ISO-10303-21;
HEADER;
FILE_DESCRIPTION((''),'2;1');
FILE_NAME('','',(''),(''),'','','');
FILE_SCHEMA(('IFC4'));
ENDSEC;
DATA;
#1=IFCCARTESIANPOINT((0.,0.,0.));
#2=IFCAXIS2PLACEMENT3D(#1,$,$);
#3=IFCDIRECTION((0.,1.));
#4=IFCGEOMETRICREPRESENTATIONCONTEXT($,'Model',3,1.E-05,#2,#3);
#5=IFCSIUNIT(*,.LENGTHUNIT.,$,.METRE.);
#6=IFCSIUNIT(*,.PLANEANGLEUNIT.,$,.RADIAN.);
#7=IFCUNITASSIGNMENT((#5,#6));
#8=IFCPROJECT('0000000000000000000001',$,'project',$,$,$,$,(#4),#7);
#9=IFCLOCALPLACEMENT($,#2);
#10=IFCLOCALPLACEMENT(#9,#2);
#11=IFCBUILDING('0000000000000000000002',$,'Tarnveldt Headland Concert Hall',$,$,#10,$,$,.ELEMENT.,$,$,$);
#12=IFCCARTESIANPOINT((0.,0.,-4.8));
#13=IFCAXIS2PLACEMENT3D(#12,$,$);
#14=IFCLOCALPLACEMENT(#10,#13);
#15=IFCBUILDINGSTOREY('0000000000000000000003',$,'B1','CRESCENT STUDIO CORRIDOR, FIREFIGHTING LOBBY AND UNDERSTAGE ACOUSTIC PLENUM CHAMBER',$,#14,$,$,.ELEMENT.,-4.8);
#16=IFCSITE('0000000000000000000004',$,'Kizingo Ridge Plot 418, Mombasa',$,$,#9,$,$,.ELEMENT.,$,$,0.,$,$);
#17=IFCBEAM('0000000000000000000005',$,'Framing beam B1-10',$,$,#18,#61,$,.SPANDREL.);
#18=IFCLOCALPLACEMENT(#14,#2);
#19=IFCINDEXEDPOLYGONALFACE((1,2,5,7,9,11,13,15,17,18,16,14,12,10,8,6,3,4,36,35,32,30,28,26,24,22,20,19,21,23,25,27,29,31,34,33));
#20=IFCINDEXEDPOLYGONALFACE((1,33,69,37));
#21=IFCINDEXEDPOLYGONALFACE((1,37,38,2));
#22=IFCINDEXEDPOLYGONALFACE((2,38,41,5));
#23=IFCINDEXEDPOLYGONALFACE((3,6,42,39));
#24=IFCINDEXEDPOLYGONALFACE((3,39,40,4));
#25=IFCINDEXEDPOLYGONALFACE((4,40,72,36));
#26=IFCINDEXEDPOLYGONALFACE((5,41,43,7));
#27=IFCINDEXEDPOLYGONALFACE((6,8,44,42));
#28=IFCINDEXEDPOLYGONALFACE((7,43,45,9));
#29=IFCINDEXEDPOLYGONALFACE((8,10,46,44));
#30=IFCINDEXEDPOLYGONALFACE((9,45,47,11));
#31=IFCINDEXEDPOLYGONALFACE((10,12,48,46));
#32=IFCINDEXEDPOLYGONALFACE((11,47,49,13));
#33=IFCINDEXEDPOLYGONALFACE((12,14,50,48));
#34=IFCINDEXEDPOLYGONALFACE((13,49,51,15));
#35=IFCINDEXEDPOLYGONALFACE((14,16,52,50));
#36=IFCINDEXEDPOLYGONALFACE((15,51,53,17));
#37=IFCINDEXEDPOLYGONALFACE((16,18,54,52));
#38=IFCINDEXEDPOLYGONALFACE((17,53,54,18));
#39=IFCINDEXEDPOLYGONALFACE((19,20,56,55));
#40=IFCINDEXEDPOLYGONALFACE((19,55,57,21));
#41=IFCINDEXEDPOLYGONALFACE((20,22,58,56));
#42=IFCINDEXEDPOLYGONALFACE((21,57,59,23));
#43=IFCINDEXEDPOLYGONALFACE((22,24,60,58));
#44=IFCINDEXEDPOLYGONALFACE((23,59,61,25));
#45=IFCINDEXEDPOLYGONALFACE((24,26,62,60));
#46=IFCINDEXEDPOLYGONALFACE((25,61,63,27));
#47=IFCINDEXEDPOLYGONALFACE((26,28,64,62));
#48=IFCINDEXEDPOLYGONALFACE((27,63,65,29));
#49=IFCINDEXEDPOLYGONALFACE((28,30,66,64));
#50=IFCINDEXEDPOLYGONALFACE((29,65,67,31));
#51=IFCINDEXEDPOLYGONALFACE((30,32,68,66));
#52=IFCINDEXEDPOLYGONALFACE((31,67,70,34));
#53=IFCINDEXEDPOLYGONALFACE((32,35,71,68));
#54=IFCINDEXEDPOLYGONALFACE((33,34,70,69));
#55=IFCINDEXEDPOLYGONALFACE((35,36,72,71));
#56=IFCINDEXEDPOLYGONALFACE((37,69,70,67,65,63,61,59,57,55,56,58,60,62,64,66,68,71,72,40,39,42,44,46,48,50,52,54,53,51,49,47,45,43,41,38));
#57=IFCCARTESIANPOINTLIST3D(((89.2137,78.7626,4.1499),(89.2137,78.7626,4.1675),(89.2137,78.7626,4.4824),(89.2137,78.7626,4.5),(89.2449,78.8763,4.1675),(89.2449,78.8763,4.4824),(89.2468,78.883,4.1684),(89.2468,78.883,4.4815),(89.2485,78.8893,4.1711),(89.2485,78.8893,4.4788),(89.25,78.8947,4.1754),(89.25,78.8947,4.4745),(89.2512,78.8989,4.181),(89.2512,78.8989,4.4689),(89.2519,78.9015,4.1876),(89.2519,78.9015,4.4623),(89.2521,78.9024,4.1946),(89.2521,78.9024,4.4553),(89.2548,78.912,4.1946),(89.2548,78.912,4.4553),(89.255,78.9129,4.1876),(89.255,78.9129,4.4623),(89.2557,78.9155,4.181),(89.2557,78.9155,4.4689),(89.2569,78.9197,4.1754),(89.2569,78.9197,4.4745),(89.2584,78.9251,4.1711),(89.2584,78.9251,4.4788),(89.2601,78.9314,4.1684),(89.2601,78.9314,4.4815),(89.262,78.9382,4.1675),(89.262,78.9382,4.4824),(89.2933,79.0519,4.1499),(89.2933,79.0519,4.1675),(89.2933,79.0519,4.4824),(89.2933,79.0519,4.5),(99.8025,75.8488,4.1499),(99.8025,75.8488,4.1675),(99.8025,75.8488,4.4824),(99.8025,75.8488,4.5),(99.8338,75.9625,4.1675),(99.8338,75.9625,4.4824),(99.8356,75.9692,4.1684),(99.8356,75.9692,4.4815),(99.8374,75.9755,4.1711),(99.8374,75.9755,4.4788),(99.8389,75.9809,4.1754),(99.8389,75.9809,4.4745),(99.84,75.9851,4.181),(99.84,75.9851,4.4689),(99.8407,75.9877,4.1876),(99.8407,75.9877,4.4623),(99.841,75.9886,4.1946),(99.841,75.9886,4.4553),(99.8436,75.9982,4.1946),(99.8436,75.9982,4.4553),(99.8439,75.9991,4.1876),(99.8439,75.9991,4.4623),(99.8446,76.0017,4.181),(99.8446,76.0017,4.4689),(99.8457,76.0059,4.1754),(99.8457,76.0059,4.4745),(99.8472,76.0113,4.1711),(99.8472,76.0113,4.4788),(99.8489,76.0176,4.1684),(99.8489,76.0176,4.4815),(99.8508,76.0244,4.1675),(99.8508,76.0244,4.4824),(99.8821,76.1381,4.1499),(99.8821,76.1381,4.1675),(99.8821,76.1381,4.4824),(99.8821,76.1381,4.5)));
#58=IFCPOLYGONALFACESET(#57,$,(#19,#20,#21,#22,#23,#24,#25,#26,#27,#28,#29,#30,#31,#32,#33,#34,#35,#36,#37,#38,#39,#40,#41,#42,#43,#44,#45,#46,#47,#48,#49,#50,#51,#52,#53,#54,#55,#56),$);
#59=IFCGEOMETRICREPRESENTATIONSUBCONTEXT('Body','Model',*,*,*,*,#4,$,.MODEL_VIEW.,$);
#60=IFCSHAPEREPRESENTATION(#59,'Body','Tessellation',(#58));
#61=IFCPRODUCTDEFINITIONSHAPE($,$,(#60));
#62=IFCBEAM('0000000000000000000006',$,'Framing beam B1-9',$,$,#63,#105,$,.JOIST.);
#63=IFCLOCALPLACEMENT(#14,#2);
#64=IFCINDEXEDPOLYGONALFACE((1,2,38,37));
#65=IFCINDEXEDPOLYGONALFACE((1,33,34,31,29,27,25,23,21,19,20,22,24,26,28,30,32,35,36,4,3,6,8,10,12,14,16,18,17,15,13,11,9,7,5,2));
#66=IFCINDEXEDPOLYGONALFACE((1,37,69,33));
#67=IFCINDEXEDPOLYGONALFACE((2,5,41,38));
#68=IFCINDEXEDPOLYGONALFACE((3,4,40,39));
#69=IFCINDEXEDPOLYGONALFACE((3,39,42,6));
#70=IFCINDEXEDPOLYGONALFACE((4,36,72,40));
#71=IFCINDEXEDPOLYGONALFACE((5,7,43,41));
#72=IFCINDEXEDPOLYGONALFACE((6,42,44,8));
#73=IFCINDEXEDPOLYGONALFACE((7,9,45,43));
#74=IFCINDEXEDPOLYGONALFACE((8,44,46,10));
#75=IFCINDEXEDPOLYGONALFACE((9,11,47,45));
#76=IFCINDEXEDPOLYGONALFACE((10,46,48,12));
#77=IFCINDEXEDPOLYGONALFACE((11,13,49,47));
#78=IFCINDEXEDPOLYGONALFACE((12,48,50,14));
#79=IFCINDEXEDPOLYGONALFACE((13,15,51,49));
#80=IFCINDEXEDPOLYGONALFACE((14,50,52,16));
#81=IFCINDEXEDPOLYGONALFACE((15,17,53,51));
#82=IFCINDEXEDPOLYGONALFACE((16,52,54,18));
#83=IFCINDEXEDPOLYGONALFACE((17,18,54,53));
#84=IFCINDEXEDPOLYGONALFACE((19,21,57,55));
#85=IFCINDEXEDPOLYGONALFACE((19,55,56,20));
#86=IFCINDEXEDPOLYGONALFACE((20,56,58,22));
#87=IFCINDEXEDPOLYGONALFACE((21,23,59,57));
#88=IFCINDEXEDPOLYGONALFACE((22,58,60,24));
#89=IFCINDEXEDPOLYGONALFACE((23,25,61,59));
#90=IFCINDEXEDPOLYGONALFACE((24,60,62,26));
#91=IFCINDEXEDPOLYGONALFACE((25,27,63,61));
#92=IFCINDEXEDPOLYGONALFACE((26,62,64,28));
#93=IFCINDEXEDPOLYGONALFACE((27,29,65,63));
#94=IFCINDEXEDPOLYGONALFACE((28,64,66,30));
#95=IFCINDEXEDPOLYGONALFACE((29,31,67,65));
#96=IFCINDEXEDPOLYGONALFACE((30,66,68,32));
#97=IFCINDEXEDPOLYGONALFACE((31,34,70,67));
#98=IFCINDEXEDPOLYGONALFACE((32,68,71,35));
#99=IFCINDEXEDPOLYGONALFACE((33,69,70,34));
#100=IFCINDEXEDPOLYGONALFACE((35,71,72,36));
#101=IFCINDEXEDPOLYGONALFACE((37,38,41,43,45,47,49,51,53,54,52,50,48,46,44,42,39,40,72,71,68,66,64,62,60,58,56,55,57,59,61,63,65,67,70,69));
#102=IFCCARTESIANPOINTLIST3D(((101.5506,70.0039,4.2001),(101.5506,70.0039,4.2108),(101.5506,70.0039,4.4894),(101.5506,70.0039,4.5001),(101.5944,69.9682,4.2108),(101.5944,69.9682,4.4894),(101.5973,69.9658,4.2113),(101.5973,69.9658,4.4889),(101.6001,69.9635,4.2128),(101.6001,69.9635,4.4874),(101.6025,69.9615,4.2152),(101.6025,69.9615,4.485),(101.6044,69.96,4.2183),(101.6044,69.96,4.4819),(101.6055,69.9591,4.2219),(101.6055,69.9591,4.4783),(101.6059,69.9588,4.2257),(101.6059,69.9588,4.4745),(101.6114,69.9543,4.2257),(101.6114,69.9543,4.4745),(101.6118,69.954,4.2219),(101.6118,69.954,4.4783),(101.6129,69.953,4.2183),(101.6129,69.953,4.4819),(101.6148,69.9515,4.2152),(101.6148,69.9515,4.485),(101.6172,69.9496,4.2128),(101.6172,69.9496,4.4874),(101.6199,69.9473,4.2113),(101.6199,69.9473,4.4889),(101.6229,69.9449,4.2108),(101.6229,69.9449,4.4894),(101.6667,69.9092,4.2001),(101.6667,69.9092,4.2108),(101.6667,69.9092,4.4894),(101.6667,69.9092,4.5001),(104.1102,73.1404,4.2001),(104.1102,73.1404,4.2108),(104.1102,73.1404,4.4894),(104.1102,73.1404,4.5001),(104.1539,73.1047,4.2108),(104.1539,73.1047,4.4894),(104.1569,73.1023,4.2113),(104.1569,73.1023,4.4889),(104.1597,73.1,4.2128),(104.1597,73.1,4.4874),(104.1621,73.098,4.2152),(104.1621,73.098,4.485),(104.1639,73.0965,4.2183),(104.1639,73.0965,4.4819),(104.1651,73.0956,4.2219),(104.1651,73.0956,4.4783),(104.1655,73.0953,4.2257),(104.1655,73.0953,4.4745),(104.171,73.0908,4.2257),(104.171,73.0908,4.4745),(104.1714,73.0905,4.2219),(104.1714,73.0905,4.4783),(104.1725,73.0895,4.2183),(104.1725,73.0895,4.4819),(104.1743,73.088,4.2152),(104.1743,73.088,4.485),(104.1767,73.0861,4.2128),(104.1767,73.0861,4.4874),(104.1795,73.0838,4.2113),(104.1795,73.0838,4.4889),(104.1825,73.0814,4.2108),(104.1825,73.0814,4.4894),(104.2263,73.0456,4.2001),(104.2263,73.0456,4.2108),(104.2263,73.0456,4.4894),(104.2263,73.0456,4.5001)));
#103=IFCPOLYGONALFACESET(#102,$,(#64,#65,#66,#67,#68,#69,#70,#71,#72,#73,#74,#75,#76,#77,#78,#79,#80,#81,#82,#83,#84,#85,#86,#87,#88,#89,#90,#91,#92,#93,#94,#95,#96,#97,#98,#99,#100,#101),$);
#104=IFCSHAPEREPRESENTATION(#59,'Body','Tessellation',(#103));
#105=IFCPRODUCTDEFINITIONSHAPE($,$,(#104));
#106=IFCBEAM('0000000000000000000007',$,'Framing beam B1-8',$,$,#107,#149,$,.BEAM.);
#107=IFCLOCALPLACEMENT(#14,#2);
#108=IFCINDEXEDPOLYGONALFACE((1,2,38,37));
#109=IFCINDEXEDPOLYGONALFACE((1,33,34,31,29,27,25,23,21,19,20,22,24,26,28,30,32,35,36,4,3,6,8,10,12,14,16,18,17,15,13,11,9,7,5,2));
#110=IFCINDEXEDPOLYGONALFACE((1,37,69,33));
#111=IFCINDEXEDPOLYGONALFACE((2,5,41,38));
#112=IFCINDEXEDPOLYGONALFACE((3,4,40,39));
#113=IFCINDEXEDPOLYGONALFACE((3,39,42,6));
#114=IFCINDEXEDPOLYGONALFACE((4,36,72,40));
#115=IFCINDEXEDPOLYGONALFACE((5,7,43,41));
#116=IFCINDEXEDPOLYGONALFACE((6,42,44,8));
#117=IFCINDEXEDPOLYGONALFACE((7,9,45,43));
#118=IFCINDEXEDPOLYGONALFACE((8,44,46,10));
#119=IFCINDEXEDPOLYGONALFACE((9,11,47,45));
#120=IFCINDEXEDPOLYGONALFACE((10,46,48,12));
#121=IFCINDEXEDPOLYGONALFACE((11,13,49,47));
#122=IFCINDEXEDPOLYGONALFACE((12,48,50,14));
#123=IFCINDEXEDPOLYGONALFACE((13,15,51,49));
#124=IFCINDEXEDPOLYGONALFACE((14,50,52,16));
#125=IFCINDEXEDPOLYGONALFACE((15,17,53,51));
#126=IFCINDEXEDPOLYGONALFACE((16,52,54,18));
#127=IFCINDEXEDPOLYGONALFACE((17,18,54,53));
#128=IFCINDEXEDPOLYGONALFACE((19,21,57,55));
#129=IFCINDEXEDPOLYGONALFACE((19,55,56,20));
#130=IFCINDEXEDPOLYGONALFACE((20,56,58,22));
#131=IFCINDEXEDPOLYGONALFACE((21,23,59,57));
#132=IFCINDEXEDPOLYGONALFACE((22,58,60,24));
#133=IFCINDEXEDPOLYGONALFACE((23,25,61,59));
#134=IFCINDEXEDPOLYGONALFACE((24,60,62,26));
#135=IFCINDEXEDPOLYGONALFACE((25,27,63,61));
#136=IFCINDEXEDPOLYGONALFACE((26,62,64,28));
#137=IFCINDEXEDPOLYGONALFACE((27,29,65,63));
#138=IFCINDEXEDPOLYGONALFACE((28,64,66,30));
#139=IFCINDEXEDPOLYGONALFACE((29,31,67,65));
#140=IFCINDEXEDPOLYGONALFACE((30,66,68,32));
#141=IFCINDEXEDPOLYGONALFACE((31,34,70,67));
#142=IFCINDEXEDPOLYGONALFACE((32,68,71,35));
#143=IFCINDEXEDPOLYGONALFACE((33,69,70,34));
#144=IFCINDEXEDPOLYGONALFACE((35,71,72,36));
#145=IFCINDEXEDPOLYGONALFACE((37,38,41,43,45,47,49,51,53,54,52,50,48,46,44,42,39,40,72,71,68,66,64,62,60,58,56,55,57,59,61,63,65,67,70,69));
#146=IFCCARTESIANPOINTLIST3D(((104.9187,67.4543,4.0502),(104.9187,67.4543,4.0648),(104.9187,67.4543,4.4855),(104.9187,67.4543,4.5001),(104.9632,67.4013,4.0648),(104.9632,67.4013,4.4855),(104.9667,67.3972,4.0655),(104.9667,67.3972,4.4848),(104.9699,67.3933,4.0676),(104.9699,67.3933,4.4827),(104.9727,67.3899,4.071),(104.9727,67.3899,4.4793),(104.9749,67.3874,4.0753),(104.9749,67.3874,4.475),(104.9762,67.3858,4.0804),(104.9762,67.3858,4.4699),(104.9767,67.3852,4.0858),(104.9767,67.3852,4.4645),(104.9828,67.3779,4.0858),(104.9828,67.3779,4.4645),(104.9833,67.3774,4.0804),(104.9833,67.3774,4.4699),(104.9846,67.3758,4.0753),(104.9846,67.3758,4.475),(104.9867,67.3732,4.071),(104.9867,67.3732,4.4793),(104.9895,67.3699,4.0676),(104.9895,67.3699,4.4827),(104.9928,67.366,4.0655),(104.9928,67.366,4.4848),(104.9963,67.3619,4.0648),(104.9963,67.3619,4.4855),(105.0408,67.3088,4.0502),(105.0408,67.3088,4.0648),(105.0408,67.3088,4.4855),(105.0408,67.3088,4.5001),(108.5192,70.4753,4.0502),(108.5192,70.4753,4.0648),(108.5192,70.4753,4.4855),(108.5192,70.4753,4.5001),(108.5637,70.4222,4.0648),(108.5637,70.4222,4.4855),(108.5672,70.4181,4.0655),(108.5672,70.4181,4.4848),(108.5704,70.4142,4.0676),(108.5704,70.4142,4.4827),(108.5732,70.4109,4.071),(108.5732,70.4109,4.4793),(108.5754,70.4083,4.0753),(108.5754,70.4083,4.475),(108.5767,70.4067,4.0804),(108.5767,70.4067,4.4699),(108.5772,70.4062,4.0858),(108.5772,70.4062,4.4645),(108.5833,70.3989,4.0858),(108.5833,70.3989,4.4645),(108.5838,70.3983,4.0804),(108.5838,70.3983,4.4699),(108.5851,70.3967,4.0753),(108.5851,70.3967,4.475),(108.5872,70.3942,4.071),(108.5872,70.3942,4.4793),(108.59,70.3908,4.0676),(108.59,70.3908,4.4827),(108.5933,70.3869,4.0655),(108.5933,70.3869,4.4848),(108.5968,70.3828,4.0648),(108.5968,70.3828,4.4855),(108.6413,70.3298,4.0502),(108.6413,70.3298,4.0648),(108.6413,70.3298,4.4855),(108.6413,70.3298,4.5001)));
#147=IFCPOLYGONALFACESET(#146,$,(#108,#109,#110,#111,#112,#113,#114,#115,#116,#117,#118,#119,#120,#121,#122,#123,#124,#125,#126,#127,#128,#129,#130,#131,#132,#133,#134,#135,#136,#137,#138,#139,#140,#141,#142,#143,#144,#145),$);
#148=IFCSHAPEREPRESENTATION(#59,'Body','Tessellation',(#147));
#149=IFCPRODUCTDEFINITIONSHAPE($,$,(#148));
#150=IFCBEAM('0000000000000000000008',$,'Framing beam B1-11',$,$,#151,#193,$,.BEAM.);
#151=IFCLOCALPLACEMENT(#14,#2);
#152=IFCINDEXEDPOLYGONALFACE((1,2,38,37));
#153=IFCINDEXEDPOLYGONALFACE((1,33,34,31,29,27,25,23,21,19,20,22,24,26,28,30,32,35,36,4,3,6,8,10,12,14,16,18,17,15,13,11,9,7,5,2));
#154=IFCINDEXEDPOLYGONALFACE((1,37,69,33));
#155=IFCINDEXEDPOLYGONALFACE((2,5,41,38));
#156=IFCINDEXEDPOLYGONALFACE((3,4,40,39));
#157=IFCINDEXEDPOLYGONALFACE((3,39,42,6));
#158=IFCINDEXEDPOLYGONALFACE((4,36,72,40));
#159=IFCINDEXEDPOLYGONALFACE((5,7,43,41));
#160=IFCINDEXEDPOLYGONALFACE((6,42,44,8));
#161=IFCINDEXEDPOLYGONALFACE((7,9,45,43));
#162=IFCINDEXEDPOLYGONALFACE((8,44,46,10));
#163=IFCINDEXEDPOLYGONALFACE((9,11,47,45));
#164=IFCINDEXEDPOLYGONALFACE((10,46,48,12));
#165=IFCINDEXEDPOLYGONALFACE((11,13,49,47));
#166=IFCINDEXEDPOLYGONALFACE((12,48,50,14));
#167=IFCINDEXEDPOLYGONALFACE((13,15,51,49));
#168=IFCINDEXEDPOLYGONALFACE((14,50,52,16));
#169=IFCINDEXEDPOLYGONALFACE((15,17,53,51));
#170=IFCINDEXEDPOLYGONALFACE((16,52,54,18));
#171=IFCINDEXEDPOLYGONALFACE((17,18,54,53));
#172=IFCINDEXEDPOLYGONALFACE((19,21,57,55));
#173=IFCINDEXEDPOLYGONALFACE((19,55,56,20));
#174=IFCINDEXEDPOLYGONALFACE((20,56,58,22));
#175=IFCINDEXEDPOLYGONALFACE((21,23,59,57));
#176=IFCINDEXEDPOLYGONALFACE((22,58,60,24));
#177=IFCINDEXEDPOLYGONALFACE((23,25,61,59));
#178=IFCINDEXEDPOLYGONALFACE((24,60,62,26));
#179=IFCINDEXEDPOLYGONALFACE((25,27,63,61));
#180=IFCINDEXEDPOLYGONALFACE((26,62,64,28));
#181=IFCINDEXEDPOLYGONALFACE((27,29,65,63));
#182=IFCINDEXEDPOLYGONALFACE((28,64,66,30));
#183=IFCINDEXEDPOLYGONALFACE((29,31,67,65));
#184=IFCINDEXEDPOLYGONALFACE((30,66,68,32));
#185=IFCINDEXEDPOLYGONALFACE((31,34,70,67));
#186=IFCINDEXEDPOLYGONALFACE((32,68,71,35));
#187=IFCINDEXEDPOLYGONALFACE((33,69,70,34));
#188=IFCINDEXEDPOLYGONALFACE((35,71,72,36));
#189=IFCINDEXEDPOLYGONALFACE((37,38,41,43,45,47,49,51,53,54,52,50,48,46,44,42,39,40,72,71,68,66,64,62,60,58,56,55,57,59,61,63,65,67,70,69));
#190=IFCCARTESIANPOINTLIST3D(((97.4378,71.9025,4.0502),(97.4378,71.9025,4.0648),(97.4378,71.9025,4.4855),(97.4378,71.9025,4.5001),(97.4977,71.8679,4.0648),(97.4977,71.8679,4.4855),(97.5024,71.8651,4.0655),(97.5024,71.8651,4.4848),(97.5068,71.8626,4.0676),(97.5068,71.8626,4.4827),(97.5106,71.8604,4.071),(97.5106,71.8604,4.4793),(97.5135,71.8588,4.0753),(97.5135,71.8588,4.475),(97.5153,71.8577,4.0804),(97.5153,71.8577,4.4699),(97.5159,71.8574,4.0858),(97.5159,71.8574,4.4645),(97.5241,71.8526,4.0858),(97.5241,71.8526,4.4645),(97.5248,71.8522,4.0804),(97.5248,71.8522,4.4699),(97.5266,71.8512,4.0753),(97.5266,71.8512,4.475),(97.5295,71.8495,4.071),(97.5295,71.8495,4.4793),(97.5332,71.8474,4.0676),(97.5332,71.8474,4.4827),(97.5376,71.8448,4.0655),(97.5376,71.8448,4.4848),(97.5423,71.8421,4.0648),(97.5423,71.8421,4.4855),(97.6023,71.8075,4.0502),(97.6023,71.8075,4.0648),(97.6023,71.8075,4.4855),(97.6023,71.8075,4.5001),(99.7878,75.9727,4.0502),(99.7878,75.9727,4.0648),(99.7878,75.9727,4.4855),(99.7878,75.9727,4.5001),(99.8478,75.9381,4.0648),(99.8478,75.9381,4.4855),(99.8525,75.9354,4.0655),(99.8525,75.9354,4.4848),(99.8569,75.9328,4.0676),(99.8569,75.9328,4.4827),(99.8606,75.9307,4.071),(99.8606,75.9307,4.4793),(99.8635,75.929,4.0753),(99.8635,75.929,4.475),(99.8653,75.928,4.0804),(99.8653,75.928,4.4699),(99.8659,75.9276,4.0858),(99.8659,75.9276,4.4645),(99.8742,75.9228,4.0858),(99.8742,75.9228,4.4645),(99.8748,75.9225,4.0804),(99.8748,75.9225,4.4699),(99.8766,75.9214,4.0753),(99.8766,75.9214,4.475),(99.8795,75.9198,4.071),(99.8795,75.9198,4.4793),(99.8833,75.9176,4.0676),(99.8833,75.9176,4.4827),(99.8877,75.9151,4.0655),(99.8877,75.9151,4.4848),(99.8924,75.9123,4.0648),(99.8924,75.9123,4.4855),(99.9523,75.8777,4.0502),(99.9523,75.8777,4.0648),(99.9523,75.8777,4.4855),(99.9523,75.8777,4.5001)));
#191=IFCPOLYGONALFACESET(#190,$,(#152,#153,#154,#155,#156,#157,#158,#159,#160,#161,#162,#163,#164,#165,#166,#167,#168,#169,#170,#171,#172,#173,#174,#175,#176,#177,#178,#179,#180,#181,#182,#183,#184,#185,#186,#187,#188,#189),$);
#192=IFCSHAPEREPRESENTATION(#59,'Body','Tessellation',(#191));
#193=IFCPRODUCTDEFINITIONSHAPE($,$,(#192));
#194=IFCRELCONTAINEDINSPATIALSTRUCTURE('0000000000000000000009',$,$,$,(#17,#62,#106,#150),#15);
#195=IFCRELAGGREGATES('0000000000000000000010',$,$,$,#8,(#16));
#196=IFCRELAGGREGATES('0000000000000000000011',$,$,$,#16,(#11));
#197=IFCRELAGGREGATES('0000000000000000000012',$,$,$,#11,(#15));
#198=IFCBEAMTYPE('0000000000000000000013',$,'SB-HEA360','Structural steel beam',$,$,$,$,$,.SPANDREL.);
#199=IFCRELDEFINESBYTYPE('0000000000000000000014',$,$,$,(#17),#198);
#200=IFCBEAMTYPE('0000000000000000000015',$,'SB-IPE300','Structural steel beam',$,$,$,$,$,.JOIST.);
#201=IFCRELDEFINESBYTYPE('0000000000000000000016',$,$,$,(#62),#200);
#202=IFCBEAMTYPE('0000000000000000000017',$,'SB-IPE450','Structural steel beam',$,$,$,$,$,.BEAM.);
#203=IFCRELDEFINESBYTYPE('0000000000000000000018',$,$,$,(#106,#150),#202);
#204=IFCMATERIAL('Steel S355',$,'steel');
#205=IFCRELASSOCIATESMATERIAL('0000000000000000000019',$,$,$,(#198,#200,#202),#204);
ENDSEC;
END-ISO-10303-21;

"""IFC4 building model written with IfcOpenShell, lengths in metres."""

from ifc_helpers import new_model, si_unit, direction, frame, origin, origin_2d, place, context, subcontext, project, spatial, i_section, extrude, material, material_profile, profile_set, type_object, element, save


model = new_model("IFC4")

# Units and contexts
model_context = context("Model", 3, precision=1e-05, world=origin(), true_north=direction((0.0, 1.0)))
body_context = subcontext(model_context, "Body", "Model", "MODEL_VIEW")
ifc_project = project(units=[si_unit("LENGTHUNIT", "METRE"), si_unit("PLANEANGLEUNIT", "RADIAN")], contexts=[model_context])

# Site, building, storey
site_placement = place(None, origin())
site = spatial("IfcSite", under=ifc_project, at=site_placement, Name="Kizingo Ridge Plot 418, Mombasa", CompositionType="ELEMENT", RefElevation=0.0)
building_placement = place(site_placement, origin())
building = spatial("IfcBuilding", under=site, at=building_placement, Name="Tarnveldt Headland Concert Hall", CompositionType="ELEMENT")
storey_placement = place(building_placement, frame((0.0, 0.0, -4.8)))
storey = spatial("IfcBuildingStorey", under=building, at=storey_placement, Name="B1", Description="CRESCENT STUDIO CORRIDOR, FIREFIGHTING LOBBY AND UNDERSTAGE ACOUSTIC PLENUM CHAMBER", CompositionType="ELEMENT", Elevation=-4.8)

# Beams
ifc_material_1 = material(Name="Steel S355", Category="steel")
ifc_material_profile_1 = material_profile(ifc_material_1, i_section(OverallWidth=0.3, OverallDepth=0.3501, WebThickness=0.01, FlangeThickness=0.0176, FilletRadius=0.0271, at=origin_2d()), Name="HEA360", Category="steel")
ifc_profile_set_1 = profile_set([ifc_material_profile_1], Name="Steel S355")
beam_type_1 = type_object("IfcBeamType", Name="SB-HEA360", Description="Structural steel beam", PredefinedType="SPANDREL", material=ifc_profile_set_1)
beam_1_placement = place(storey_placement, frame((99.8423, 75.9934, 4.325), z_axis=(-0.964162, 0.265316, 0.0), x_axis=(-0.265316, -0.964162, 0.0)))
element("IfcBeam", 1, at=beam_1_placement, inside=storey, type_object=beam_type_1, Name="Framing beam B1-10", PredefinedType="SPANDREL", context=body_context, shape_type="SweptSolid", body=[
    extrude(i_section(OverallWidth=0.3, OverallDepth=0.3501, WebThickness=0.01, FlangeThickness=0.0176, FilletRadius=0.0271, at=origin_2d()), origin(), (0.0, 0.0, 1.0), 10.9824),
])
ifc_material_profile_2 = material_profile(ifc_material_1, i_section(OverallWidth=0.1499, OverallDepth=0.3, WebThickness=0.0071, FlangeThickness=0.0107, FilletRadius=0.0149, at=origin_2d()), Name="IPE300", Category="steel")
ifc_profile_set_2 = profile_set([ifc_material_profile_2], Name="Steel S355")
beam_type_2 = type_object("IfcBeamType", Name="SB-IPE300", Description="Structural steel beam", PredefinedType="JOIST", material=ifc_profile_set_2)
beam_2_placement = place(storey_placement, frame((101.6086, 69.9565, 4.3501), z_axis=(0.632255, 0.77476, 0.0), x_axis=(-0.77476, 0.632255, 0.0)))
element("IfcBeam", 2, at=beam_2_placement, inside=storey, type_object=beam_type_2, Name="Framing beam B1-9", PredefinedType="JOIST", context=body_context, shape_type="SweptSolid", body=[
    extrude(i_section(OverallWidth=0.1499, OverallDepth=0.3, WebThickness=0.0071, FlangeThickness=0.0107, FilletRadius=0.0149, at=origin_2d()), origin(), (0.0, 0.0, 1.0), 4.0483),
])
ifc_material_profile_3 = material_profile(ifc_material_1, i_section(OverallWidth=0.1899, OverallDepth=0.45, WebThickness=0.0095, FlangeThickness=0.0146, FilletRadius=0.021, at=origin_2d()), Name="IPE450", Category="steel")
ifc_profile_set_3 = profile_set([ifc_material_profile_3], Name="Steel S355")
beam_type_3 = type_object("IfcBeamType", Name="SB-IPE450", Description="Structural steel beam", PredefinedType="BEAM", material=ifc_profile_set_3)
for number, where, z_axis, x_axis, name in (
    (3, (104.9797, 67.3816, 4.2751), (0.766071, 0.642756, 0.0), (-0.642756, 0.766071, 0.0), "Framing beam B1-8"),
    (4, (97.52, 71.855, 4.2751), (0.500016, 0.866016, 0.0), (-0.866016, 0.500016, 0.0), "Framing beam B1-11"),
):
    element("IfcBeam", number, at=place(storey_placement, frame(where, z_axis=z_axis, x_axis=x_axis)), inside=storey, type_object=beam_type_3, Name=name, PredefinedType="BEAM", context=body_context, shape_type="SweptSolid", body=[
        extrude(i_section(OverallWidth=0.1899, OverallDepth=0.45, WebThickness=0.0095, FlangeThickness=0.0146, FilletRadius=0.021, at=origin_2d()), origin(), (0.0, 0.0, 1.0), 4.7),
    ])

save(model, "model.ifc")
